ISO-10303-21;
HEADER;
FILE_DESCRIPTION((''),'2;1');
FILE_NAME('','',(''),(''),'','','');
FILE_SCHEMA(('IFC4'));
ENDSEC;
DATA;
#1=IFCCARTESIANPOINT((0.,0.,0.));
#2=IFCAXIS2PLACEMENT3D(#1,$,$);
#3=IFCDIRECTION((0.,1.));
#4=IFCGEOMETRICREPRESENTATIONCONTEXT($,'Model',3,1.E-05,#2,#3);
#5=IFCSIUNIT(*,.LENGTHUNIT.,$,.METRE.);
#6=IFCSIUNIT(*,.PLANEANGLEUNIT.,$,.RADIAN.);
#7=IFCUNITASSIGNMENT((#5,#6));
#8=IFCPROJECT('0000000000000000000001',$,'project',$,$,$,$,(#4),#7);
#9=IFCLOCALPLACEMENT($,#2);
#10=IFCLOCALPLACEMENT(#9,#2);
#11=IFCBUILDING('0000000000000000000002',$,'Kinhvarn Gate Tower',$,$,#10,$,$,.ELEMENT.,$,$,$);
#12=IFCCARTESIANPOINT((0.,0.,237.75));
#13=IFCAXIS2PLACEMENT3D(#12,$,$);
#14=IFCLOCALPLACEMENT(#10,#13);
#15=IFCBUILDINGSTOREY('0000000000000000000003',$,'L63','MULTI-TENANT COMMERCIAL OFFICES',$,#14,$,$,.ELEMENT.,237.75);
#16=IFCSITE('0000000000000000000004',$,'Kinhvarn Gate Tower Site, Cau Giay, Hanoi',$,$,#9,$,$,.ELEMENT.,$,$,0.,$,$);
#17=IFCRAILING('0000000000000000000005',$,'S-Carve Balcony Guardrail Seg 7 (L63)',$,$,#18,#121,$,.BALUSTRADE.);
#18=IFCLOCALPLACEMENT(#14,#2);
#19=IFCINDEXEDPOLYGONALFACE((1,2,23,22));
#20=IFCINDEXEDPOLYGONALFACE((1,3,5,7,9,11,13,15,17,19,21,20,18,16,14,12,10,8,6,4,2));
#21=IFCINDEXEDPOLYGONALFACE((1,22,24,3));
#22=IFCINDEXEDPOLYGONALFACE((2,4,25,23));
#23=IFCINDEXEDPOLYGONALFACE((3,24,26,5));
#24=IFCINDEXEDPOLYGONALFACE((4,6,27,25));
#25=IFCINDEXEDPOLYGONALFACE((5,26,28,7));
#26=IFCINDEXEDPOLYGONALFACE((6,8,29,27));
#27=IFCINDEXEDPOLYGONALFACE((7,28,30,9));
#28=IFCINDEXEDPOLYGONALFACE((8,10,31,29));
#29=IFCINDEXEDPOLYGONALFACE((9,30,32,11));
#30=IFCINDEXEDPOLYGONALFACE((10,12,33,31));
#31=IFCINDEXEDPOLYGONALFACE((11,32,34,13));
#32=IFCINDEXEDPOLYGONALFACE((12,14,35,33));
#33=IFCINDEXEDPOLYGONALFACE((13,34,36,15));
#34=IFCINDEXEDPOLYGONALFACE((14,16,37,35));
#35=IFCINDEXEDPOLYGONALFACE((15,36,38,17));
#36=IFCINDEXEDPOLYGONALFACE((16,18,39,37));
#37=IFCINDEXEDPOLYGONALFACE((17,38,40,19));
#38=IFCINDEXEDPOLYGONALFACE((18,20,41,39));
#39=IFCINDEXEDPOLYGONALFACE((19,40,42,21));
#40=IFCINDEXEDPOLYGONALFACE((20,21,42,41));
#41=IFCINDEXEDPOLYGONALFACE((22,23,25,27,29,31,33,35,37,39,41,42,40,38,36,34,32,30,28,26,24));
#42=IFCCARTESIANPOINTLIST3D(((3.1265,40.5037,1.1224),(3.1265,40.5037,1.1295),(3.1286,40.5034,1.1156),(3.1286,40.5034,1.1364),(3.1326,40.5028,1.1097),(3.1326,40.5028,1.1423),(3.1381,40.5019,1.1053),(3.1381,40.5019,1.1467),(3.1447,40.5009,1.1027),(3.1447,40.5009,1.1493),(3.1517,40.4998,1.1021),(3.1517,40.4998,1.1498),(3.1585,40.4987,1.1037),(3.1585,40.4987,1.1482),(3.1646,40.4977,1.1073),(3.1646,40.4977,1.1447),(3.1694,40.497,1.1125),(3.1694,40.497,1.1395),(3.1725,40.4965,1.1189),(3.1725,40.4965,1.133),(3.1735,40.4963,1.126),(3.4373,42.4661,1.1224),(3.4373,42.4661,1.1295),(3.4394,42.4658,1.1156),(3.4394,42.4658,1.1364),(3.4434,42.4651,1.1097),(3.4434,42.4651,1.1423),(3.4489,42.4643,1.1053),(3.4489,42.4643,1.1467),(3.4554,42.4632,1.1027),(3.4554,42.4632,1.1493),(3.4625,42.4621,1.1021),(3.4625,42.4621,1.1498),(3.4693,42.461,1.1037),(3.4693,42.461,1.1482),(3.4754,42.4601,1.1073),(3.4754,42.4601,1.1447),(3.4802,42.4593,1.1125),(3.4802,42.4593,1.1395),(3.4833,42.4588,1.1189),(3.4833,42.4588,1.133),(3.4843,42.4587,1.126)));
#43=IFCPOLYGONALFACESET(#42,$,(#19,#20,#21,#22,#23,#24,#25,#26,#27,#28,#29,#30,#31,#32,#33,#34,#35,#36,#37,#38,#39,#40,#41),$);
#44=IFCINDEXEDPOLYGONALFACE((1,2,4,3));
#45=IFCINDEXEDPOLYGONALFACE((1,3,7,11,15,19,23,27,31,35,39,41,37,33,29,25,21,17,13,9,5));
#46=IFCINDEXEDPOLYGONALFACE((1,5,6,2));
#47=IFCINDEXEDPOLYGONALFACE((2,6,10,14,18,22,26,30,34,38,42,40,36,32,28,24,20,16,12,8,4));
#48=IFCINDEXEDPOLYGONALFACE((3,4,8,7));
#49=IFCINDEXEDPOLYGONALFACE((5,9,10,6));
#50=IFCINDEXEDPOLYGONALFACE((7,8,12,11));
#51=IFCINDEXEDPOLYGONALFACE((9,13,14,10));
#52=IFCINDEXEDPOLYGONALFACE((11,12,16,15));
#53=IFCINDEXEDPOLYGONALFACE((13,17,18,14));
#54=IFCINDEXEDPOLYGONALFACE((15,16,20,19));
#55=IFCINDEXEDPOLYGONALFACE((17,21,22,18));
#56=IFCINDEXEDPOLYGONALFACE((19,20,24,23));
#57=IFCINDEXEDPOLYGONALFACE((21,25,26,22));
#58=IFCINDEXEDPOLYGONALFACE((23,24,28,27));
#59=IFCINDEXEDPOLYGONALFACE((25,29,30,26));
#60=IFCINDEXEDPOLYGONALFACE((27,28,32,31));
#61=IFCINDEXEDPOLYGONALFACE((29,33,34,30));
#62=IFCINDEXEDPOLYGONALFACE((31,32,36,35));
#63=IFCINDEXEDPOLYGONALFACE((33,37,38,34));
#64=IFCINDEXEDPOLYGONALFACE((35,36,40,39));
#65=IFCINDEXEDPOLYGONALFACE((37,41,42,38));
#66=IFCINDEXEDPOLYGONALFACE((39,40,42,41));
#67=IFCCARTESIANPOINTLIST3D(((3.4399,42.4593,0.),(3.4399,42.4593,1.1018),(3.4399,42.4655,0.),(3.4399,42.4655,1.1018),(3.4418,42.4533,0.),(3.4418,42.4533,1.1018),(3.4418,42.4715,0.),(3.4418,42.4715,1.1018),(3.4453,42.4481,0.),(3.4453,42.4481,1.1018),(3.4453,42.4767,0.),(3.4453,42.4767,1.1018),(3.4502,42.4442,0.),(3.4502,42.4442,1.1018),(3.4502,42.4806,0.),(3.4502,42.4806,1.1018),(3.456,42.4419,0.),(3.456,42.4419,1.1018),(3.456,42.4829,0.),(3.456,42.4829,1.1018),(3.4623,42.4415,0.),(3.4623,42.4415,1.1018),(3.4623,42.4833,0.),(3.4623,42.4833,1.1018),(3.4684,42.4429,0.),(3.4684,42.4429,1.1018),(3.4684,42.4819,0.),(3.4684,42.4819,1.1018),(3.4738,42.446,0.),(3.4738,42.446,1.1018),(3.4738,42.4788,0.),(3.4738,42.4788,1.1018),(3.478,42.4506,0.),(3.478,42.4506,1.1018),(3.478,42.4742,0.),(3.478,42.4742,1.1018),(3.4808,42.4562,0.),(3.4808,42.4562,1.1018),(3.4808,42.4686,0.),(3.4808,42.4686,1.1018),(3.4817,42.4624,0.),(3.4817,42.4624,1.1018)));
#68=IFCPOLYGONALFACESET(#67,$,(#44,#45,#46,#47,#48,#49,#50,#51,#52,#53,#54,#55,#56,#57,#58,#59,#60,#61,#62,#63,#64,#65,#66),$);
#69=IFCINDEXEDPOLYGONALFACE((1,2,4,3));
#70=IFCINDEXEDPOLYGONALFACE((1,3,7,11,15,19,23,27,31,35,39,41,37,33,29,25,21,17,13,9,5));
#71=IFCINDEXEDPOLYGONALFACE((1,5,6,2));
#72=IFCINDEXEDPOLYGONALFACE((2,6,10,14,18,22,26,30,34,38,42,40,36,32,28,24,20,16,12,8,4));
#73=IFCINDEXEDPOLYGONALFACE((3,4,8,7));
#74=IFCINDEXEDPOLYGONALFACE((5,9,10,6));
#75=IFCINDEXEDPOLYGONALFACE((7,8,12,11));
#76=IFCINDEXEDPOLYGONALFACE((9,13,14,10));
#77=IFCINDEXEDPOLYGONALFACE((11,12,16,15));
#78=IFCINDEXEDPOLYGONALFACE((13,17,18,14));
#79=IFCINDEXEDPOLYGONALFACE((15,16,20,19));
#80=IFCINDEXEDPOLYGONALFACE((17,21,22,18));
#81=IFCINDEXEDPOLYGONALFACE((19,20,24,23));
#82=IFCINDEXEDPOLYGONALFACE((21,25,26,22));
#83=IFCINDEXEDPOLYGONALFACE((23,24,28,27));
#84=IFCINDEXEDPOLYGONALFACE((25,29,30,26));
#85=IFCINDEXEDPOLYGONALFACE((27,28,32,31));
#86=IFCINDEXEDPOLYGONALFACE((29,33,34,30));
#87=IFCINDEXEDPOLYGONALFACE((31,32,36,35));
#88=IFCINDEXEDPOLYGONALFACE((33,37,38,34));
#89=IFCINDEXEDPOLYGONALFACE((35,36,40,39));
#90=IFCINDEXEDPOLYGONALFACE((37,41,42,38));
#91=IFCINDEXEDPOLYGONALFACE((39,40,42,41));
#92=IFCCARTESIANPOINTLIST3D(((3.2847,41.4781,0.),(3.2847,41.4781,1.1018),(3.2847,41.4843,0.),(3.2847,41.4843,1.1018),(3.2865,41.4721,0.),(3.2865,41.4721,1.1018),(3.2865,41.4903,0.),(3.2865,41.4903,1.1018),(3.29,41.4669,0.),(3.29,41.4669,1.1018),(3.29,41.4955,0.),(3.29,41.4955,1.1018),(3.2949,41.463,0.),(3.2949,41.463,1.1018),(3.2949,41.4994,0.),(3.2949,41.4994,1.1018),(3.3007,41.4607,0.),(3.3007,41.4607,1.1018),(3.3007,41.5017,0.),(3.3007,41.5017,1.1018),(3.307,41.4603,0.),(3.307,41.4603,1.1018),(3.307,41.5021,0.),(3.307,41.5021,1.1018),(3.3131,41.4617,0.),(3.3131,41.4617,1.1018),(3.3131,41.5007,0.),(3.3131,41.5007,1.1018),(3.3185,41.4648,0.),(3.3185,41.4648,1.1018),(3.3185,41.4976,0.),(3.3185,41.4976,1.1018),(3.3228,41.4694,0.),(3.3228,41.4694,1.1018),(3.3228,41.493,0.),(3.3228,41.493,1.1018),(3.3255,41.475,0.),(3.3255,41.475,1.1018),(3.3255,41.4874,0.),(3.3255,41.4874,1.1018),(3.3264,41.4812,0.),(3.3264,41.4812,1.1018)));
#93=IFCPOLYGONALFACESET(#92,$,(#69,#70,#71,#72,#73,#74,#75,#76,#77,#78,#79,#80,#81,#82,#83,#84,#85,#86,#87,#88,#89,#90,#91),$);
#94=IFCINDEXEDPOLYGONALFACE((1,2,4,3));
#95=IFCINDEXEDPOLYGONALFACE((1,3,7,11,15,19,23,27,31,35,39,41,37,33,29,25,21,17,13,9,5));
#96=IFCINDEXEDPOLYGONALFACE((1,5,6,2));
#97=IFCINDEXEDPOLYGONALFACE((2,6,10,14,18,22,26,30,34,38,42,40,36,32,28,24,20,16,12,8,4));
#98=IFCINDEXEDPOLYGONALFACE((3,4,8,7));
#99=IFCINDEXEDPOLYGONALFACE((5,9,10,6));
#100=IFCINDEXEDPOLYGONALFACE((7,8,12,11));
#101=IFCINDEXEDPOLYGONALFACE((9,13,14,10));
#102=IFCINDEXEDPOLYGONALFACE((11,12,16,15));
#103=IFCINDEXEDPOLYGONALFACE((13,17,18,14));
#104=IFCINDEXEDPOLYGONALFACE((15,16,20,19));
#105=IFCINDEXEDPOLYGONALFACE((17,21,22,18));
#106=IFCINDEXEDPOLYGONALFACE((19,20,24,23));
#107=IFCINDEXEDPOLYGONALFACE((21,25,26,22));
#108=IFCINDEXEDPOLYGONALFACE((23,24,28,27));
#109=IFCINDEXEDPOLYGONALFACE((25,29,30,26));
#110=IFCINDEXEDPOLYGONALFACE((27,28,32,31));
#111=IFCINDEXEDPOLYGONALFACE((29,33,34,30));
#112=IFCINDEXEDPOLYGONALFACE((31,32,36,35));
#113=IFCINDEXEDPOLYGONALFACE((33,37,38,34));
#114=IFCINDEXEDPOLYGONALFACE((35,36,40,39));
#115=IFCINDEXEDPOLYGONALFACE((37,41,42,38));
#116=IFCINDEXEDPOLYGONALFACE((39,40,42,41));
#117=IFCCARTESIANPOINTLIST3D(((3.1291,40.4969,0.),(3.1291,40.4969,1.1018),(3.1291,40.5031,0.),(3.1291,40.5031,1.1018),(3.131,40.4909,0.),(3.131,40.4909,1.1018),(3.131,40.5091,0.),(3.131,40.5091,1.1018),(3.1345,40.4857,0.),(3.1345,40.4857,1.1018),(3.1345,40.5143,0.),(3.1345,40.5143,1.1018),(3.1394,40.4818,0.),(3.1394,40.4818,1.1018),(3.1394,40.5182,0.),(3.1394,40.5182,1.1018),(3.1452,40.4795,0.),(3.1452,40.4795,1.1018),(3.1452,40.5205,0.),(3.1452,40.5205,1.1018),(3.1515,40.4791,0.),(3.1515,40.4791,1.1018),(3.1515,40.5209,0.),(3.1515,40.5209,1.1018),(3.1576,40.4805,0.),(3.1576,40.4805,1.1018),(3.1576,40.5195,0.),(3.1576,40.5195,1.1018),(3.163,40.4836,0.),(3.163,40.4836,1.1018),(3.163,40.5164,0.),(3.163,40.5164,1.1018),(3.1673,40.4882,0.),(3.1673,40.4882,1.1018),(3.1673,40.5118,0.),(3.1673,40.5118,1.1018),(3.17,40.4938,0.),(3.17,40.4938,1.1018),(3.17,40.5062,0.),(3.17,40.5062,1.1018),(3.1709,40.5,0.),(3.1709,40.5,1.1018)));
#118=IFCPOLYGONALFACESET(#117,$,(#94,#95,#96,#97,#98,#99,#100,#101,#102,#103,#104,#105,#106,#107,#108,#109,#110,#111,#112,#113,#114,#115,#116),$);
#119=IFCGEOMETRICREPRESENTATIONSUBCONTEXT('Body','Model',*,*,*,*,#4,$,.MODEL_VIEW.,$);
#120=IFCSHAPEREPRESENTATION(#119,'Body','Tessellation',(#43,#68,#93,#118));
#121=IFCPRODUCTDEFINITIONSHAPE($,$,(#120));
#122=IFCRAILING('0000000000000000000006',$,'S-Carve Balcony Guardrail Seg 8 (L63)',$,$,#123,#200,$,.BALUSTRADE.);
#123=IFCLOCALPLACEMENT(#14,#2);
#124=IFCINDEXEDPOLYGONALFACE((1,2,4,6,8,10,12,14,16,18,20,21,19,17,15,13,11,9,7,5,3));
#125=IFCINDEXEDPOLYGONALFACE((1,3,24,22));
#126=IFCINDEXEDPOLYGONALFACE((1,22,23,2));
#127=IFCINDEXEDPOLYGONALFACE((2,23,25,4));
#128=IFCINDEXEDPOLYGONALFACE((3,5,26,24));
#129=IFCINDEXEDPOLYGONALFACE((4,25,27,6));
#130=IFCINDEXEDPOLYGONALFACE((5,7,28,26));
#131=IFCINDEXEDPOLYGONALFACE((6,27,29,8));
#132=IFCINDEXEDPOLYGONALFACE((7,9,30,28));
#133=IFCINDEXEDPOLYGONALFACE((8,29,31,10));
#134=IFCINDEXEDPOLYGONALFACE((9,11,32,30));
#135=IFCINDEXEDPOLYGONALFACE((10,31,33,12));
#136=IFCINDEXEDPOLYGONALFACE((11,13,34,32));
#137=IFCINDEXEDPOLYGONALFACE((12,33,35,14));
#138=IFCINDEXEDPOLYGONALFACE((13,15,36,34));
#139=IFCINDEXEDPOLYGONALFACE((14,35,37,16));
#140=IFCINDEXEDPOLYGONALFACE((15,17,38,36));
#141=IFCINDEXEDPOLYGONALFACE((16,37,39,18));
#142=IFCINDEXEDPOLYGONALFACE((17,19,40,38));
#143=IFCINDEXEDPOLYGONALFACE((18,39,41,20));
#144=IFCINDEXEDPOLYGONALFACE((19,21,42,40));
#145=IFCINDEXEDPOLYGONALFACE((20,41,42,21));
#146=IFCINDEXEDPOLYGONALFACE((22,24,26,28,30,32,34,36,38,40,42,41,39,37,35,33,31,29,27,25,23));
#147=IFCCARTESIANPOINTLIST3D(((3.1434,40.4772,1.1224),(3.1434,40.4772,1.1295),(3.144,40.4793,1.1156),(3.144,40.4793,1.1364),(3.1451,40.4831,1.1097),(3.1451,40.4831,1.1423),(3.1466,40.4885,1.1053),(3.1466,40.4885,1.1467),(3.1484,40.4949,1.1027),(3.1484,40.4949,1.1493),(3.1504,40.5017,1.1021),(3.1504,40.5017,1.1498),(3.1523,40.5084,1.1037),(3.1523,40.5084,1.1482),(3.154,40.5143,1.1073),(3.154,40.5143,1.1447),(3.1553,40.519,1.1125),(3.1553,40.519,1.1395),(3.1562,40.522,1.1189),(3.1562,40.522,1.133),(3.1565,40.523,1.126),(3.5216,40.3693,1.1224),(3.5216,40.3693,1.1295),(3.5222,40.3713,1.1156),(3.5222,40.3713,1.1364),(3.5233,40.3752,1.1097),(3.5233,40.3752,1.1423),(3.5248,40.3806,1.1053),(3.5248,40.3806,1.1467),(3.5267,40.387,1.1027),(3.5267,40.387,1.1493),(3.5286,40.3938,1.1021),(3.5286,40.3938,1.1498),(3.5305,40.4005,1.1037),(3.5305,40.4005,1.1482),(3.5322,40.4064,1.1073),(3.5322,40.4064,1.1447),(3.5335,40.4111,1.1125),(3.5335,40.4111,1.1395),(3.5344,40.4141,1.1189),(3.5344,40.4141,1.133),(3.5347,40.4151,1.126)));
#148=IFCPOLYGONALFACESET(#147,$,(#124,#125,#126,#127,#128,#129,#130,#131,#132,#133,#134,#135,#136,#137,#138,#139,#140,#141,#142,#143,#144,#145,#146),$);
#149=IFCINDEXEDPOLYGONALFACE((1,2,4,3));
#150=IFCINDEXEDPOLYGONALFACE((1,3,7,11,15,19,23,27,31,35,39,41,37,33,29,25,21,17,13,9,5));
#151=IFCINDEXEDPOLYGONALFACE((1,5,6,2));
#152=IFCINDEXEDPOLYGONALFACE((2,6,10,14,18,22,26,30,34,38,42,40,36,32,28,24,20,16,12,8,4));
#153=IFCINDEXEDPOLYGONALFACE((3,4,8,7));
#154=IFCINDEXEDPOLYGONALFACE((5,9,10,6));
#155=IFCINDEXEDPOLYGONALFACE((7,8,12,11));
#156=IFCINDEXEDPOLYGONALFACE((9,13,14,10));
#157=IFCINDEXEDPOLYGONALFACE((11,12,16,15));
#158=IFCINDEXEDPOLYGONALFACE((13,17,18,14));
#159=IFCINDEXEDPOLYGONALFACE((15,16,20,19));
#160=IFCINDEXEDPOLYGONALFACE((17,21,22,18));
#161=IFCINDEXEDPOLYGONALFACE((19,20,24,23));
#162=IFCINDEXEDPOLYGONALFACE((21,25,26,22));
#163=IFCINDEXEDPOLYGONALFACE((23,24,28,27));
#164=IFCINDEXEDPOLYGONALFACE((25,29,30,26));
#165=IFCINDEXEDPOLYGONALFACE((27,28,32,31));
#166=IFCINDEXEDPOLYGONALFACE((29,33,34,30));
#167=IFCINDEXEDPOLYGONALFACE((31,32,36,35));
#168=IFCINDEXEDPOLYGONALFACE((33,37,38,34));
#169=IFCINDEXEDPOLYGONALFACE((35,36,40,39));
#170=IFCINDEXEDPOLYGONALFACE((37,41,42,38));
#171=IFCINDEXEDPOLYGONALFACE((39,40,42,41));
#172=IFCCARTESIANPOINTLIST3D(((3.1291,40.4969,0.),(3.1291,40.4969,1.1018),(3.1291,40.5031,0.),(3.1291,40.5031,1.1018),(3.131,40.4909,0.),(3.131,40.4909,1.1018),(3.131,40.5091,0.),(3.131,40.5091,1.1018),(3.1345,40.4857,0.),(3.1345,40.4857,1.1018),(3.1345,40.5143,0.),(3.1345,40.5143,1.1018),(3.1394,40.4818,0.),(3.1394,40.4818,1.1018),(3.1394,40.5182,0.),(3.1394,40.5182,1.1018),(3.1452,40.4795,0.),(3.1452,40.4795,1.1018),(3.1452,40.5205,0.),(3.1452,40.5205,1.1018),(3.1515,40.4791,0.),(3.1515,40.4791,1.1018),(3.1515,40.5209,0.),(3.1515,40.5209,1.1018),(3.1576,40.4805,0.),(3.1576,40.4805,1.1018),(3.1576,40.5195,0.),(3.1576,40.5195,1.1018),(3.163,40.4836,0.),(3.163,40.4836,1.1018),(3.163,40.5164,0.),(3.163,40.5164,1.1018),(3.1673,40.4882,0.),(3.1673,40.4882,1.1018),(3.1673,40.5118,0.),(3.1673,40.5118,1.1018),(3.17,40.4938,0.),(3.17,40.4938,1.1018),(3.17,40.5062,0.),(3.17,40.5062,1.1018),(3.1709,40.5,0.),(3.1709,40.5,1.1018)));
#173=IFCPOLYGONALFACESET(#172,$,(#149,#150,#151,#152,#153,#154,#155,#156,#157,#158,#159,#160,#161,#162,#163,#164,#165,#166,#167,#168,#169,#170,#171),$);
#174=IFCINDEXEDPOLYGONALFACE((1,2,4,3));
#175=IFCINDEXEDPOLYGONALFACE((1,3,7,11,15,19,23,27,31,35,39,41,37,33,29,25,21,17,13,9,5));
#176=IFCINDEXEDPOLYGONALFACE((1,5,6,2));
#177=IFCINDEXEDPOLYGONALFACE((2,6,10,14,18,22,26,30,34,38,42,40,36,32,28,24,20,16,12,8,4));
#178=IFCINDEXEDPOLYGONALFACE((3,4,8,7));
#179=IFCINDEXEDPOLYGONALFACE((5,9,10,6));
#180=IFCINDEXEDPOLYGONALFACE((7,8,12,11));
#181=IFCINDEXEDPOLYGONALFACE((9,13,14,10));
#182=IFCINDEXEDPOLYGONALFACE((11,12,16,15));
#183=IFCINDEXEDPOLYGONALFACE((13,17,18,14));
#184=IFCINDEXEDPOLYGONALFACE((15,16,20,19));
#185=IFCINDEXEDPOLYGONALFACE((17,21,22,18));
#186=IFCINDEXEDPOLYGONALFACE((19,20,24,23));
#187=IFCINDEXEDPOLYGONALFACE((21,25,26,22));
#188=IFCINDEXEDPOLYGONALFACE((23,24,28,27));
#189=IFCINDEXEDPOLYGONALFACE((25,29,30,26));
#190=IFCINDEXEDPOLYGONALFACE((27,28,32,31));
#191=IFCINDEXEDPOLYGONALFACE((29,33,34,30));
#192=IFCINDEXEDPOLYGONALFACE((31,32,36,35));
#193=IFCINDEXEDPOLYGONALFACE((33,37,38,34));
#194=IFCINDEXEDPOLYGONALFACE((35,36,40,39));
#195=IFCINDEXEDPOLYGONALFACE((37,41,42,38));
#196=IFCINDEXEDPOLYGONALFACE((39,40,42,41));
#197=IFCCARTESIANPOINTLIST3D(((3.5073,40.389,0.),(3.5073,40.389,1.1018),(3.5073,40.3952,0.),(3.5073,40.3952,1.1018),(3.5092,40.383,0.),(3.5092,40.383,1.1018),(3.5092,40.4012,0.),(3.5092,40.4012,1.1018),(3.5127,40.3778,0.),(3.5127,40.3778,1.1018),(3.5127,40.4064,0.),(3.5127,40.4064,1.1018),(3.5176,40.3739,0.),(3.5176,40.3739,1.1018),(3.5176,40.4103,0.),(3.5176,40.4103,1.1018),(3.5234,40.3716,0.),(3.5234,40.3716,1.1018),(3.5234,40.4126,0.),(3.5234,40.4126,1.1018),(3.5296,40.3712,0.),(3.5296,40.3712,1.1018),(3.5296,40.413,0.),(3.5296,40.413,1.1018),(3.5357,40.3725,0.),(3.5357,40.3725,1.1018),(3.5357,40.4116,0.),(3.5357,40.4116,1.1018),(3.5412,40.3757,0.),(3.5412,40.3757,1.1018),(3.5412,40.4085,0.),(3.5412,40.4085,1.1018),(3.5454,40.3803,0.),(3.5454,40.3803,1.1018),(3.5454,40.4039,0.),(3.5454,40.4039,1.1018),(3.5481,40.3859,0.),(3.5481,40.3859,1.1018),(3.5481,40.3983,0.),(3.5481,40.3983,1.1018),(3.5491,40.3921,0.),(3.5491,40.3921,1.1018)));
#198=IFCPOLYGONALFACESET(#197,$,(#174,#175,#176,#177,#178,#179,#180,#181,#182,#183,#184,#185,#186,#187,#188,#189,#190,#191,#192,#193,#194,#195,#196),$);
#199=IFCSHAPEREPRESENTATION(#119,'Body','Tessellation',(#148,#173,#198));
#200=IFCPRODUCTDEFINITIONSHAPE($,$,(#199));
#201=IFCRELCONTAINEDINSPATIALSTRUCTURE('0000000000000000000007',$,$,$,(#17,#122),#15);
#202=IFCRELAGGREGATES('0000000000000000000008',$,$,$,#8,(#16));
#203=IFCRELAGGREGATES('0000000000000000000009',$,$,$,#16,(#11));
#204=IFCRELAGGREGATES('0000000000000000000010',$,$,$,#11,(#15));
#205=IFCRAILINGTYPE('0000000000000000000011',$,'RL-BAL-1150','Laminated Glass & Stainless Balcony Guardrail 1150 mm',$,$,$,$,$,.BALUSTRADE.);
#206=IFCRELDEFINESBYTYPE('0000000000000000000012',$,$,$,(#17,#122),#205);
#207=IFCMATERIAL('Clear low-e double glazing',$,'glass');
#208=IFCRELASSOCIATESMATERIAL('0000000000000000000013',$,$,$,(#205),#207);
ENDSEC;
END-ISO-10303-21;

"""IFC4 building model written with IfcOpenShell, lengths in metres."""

from ifc_helpers import new_model, si_unit, direction, frame, origin, origin_2d, place, context, subcontext, project, spatial, circle, extrude, material, type_object, element, save


model = new_model("IFC4")

# Units and contexts
model_context = context("Model", 3, precision=1e-05, world=origin(), true_north=direction((0.0, 1.0)))
body_context = subcontext(model_context, "Body", "Model", "MODEL_VIEW")
ifc_project = project(units=[si_unit("LENGTHUNIT", "METRE"), si_unit("PLANEANGLEUNIT", "RADIAN")], contexts=[model_context])

# Site, building, storey
site_placement = place(None, origin())
site = spatial("IfcSite", under=ifc_project, at=site_placement, Name="Kinhvarn Gate Tower Site, Cau Giay, Hanoi", CompositionType="ELEMENT", RefElevation=0.0)
building_placement = place(site_placement, origin())
building = spatial("IfcBuilding", under=site, at=building_placement, Name="Kinhvarn Gate Tower", CompositionType="ELEMENT")
storey_placement = place(building_placement, frame((0.0, 0.0, 237.75)))
storey = spatial("IfcBuildingStorey", under=building, at=storey_placement, Name="L63", Description="MULTI-TENANT COMMERCIAL OFFICES", CompositionType="ELEMENT", Elevation=237.75)

# Shared definitions
ifc_material_1 = material(Name="Clear low-e double glazing", Category="glass")

# Railings
railing_type = type_object("IfcRailingType", Name="RL-BAL-1150", Description="Laminated Glass & Stainless Balcony Guardrail 1150 mm", PredefinedType="BALUSTRADE", material=ifc_material_1)
railing_1_placement = place(storey_placement, frame((3.4607, 42.4624, 0.0)))
element("IfcRailing", 1, at=railing_1_placement, inside=storey, type_object=railing_type, Name="S-Carve Balcony Guardrail Seg 7 (L63)", PredefinedType="BALUSTRADE", context=body_context, shape_type="SweptSolid", body=[
    extrude(circle(Radius=0.0239, at=origin_2d()), frame((0.0, 0.0, 1.126), z_axis=(-0.156423, -0.98769, 0.0), x_axis=(0.98769, -0.156423, 0.0)), (0.0, 0.0, 1.0), 1.9868),
    extrude(circle(Radius=0.021, at=origin_2d()), origin(), (0.0, 0.0, 1.0), 1.1018),
    extrude(circle(Radius=0.021, at=origin_2d()), frame((-0.1553, -0.9812, 0.0)), (0.0, 0.0, 1.0), 1.1018),
    extrude(circle(Radius=0.021, at=origin_2d()), frame((-0.3108, -1.9624, 0.0)), (0.0, 0.0, 1.0), 1.1018),
])
railing_2_placement = place(storey_placement, frame((3.1499, 40.5, 0.0)))
element("IfcRailing", 2, at=railing_2_placement, inside=storey, type_object=railing_type, Name="S-Carve Balcony Guardrail Seg 8 (L63)", PredefinedType="BALUSTRADE", context=body_context, shape_type="SweptSolid", body=[
    extrude(circle(Radius=0.0239, at=origin_2d()), frame((0.0, 0.0, 1.126), z_axis=(0.961618, -0.274393, 0.0), x_axis=(0.274393, 0.961618, 0.0)), (0.0, 0.0, 1.0), 0.3933),
    extrude(circle(Radius=0.021, at=origin_2d()), origin(), (0.0, 0.0, 1.0), 1.1018),
    extrude(circle(Radius=0.021, at=origin_2d()), frame((0.3782, -0.1079, 0.0)), (0.0, 0.0, 1.0), 1.1018),
])

save(model, "model.ifc")
